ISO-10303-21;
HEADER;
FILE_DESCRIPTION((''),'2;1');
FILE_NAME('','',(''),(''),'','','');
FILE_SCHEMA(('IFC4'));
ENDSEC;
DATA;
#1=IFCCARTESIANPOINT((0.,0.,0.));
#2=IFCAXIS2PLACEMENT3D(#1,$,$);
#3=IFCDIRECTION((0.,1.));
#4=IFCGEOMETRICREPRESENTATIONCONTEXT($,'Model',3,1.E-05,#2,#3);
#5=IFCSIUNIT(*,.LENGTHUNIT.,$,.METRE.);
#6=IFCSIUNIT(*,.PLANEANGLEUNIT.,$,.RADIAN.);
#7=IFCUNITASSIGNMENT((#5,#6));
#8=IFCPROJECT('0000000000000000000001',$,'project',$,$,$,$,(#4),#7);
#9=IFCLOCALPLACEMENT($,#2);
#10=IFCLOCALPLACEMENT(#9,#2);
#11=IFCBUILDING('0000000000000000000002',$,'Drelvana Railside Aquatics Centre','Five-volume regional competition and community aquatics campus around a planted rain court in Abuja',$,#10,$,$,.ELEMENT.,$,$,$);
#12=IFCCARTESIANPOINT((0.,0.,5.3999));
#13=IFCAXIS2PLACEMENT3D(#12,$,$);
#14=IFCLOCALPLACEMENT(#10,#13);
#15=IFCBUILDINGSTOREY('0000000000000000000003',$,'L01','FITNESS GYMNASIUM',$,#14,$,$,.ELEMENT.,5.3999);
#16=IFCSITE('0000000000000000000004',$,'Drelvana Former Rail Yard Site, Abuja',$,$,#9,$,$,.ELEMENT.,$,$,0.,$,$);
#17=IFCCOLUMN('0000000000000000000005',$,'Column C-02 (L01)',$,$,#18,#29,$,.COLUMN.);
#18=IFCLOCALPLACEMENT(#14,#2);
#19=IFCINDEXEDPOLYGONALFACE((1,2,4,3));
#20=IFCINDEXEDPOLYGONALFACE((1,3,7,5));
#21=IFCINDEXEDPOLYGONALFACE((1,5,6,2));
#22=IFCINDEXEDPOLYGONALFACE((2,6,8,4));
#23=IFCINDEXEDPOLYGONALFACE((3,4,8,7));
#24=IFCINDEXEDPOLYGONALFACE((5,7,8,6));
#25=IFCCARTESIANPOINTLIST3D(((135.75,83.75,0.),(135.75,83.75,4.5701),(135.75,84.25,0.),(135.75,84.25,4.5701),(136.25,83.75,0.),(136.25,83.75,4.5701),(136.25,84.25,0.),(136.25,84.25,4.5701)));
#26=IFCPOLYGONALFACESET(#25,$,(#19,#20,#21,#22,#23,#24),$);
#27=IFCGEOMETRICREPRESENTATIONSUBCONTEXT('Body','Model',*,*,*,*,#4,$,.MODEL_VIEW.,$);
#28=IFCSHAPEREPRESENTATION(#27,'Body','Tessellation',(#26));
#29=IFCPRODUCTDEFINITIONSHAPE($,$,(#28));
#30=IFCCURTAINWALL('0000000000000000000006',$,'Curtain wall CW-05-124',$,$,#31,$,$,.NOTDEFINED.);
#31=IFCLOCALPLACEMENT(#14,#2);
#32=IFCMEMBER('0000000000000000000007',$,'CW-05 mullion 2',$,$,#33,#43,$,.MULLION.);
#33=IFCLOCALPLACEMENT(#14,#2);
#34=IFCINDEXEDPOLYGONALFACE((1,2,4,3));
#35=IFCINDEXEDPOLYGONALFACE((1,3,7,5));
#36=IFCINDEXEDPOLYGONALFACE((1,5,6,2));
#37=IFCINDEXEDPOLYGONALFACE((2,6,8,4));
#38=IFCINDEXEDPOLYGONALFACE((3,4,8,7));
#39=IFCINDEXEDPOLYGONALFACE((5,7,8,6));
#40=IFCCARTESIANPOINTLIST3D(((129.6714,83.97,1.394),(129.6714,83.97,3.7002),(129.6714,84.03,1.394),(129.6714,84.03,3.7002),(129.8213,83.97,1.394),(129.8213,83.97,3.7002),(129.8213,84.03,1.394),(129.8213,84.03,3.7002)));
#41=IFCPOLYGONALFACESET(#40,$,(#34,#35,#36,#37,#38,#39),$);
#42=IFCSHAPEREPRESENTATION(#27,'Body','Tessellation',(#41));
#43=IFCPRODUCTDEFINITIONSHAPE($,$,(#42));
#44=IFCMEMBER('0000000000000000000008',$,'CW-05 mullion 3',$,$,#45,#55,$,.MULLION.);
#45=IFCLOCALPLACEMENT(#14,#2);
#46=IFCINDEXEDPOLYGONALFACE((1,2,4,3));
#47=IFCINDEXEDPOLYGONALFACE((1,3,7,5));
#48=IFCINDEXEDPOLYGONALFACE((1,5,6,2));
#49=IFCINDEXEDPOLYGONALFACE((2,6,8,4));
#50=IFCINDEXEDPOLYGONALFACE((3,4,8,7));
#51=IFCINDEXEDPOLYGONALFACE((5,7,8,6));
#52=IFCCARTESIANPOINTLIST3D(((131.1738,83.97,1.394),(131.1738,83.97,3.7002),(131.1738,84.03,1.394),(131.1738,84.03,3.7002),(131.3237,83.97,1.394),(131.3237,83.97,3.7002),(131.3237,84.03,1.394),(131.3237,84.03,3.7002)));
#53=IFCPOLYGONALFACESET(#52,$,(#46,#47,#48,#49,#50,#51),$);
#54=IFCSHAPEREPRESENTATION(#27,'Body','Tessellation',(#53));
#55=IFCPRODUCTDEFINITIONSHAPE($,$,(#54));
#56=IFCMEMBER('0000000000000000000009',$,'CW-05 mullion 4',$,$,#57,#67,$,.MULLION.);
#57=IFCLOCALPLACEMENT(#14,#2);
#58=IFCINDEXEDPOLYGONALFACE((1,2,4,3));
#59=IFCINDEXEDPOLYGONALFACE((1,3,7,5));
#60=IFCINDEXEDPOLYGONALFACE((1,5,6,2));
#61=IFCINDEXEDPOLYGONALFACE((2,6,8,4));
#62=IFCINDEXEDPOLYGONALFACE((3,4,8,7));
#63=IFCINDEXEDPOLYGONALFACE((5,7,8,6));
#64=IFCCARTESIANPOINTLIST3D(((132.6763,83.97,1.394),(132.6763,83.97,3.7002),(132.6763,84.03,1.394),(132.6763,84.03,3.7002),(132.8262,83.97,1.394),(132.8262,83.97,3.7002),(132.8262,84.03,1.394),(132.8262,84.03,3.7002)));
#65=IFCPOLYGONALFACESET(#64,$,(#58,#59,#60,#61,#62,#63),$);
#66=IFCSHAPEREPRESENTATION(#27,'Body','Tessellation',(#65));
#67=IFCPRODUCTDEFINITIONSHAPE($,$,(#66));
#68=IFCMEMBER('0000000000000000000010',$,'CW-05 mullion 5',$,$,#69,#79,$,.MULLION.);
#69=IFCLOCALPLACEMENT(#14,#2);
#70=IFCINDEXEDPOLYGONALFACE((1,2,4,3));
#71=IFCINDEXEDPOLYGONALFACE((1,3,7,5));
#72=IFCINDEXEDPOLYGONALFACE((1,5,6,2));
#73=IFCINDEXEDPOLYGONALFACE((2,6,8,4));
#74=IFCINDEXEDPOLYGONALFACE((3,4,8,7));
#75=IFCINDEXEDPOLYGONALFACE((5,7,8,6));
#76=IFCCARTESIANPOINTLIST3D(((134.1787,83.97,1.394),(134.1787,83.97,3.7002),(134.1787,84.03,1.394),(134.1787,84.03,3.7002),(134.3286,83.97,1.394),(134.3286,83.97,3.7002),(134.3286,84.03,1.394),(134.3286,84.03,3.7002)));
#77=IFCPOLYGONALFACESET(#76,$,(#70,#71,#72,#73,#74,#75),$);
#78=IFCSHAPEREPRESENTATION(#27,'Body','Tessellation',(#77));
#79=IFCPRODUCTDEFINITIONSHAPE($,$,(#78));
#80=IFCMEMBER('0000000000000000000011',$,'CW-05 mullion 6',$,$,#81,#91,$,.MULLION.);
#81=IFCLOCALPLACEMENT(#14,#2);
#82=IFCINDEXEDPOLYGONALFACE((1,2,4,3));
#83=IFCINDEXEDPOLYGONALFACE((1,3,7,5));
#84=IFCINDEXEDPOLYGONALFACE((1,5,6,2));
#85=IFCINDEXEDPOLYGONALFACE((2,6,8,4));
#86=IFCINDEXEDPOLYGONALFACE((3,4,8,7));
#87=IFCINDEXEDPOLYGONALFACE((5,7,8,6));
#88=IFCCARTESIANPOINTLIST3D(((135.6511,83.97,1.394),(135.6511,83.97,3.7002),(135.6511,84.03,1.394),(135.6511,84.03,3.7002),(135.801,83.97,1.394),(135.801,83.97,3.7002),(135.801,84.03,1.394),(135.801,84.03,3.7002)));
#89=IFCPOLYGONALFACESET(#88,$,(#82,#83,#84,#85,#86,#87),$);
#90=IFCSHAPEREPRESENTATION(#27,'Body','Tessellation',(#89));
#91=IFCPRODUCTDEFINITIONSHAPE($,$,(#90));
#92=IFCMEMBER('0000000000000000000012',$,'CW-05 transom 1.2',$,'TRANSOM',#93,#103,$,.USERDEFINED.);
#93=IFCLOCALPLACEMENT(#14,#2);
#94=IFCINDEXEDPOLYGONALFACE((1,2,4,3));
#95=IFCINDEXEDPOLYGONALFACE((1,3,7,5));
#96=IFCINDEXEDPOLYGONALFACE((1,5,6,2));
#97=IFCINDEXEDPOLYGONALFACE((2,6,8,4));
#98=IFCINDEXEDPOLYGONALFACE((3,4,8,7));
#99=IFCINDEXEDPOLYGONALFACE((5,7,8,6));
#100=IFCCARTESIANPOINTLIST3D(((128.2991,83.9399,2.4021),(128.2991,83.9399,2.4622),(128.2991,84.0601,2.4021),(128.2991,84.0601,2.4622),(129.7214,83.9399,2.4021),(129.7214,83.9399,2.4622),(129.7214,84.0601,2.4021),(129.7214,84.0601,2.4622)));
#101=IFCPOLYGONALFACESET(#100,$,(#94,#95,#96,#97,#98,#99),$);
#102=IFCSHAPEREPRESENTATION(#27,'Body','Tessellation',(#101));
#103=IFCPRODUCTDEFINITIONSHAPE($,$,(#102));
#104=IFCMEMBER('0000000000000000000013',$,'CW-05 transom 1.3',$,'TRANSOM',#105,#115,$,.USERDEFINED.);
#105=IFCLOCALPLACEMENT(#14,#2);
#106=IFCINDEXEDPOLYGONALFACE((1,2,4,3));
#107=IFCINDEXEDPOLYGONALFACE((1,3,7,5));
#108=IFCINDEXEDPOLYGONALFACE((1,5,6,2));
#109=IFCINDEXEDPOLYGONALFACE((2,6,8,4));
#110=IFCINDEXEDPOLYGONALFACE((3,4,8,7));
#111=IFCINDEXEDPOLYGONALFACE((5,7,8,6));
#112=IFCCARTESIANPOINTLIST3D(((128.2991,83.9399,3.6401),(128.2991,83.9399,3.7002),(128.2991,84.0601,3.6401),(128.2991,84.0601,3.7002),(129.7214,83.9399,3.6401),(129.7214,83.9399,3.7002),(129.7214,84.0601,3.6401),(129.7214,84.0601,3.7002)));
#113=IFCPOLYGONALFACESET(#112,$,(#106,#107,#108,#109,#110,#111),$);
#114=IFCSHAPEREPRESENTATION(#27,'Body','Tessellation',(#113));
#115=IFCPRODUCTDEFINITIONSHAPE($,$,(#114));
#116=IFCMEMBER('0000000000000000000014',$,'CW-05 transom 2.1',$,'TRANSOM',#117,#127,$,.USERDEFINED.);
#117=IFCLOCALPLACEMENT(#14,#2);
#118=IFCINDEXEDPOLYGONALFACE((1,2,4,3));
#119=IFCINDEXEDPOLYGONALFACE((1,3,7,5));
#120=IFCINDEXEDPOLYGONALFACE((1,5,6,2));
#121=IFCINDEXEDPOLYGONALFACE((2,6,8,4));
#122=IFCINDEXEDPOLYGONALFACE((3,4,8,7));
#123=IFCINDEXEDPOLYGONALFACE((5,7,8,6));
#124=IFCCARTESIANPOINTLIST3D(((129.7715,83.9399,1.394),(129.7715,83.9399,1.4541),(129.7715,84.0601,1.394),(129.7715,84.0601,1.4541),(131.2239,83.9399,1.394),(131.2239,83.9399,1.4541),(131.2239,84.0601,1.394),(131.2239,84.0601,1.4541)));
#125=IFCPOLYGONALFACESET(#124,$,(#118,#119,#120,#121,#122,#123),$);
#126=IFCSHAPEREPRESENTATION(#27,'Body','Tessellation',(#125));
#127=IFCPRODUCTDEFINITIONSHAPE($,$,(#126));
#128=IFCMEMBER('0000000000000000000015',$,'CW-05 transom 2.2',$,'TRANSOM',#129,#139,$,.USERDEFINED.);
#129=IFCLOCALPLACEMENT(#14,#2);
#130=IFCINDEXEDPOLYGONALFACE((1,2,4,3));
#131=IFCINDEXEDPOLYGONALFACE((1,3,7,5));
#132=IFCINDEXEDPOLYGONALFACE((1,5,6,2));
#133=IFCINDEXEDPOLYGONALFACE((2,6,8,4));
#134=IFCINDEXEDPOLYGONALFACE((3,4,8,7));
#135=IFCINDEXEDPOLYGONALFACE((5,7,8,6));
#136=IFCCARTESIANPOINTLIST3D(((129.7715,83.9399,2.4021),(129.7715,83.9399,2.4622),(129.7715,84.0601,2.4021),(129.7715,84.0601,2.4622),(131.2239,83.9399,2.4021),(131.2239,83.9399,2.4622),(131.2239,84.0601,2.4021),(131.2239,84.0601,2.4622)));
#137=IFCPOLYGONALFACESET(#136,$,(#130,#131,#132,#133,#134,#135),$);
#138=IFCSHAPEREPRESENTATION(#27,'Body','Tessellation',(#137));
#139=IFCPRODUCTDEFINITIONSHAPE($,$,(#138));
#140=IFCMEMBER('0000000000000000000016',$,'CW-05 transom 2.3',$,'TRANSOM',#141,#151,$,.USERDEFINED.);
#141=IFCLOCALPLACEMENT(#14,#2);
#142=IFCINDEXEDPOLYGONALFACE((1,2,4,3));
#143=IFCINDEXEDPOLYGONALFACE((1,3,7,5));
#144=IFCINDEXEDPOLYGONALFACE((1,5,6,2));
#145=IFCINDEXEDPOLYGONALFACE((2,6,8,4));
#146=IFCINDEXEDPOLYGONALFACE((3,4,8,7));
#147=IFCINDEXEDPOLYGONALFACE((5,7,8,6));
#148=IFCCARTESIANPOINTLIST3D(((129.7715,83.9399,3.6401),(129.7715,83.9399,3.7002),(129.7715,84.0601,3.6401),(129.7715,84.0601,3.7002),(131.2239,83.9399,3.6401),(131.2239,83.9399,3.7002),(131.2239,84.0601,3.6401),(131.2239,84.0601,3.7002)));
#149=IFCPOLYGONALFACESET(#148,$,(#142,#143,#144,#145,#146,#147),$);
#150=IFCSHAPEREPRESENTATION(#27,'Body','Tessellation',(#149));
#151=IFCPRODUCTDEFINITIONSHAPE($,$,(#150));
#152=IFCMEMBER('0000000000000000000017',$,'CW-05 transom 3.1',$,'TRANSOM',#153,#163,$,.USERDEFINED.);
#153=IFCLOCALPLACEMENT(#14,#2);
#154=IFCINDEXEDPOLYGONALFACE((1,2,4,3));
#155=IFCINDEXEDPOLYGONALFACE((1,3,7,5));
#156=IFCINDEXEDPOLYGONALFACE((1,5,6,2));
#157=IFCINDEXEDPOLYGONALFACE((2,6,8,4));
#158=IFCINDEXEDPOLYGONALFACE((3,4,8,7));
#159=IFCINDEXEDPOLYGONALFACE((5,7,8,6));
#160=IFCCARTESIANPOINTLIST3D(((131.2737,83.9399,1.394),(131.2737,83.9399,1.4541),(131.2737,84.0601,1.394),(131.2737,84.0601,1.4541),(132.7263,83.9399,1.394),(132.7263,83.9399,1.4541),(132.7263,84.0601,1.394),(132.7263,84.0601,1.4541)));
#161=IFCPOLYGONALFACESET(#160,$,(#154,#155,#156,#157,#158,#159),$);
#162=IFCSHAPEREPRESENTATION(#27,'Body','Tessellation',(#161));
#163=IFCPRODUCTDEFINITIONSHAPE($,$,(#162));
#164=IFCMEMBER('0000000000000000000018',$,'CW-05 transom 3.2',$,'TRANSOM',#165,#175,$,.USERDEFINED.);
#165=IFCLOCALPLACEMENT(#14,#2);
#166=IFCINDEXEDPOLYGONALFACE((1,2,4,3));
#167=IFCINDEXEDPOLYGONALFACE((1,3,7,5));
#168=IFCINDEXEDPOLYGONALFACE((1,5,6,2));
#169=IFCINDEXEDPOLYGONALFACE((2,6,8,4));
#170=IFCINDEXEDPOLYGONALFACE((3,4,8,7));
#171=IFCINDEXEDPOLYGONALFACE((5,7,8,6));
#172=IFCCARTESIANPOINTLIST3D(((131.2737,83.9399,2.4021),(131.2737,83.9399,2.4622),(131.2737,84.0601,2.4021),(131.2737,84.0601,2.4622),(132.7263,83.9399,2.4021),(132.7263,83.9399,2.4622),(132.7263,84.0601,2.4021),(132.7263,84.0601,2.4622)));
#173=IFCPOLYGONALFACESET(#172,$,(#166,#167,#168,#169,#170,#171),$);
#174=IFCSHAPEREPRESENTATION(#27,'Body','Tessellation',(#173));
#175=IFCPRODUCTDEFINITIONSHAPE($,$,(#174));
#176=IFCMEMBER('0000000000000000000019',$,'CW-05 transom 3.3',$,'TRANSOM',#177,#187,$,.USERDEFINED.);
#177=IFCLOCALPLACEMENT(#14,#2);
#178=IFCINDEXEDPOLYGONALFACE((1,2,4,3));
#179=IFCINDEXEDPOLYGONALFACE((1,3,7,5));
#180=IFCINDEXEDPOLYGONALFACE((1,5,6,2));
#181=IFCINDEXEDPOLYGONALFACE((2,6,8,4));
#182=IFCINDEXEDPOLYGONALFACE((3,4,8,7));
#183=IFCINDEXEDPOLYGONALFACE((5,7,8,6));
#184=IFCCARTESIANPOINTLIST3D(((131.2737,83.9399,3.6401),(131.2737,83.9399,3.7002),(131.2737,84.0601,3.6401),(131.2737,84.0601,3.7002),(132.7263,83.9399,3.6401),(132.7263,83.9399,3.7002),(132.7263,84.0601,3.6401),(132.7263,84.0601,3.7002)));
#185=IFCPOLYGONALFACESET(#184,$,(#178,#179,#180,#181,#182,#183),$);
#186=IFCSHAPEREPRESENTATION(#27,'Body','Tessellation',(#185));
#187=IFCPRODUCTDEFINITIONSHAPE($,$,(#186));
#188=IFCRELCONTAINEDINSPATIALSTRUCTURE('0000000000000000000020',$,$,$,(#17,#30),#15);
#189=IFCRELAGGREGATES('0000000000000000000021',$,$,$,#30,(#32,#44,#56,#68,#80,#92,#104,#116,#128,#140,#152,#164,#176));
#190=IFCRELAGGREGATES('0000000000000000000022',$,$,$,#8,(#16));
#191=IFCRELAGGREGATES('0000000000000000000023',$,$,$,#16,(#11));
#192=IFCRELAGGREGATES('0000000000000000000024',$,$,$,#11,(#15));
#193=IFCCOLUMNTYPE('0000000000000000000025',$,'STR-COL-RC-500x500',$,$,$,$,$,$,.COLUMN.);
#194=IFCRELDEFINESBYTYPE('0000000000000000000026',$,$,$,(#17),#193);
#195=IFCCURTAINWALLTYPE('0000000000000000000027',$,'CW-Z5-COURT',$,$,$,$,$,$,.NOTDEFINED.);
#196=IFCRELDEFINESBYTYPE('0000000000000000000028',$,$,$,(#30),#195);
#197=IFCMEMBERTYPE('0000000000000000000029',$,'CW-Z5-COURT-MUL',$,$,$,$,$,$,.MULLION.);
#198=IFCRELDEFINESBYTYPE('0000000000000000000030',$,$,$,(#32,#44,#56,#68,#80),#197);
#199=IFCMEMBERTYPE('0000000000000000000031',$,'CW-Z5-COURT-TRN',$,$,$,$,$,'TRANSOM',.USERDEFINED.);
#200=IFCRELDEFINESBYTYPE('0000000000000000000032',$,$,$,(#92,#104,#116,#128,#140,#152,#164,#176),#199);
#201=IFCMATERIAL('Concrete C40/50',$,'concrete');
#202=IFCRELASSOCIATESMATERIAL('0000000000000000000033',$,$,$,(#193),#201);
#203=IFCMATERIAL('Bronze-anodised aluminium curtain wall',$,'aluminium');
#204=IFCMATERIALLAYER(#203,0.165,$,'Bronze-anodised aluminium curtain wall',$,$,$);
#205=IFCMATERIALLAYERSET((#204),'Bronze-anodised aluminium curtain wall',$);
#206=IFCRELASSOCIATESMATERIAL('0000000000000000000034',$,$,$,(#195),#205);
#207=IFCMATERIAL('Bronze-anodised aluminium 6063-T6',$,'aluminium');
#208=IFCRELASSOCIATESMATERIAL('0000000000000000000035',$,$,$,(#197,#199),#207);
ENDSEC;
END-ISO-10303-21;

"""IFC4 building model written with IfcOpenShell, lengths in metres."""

from ifc_helpers import new_model, si_unit, direction, frame, origin, origin_2d, place, context, subcontext, project, spatial, rectangle, extrude, material, layer, layer_set, material_profile, profile_set, type_object, element, aggregate, save


model = new_model("IFC4")

# Units and contexts
model_context = context("Model", 3, precision=1e-05, world=origin(), true_north=direction((0.0, 1.0)))
body_context = subcontext(model_context, "Body", "Model", "MODEL_VIEW")
ifc_project = project(units=[si_unit("LENGTHUNIT", "METRE"), si_unit("PLANEANGLEUNIT", "RADIAN")], contexts=[model_context])

# Site, building, storey
site_placement = place(None, origin())
site = spatial("IfcSite", under=ifc_project, at=site_placement, Name="Drelvana Former Rail Yard Site, Abuja", CompositionType="ELEMENT", RefElevation=0.0)
building_placement = place(site_placement, origin())
building = spatial("IfcBuilding", under=site, at=building_placement, Name="Drelvana Railside Aquatics Centre", Description="Five-volume regional competition and community aquatics campus around a planted rain court in Abuja", CompositionType="ELEMENT")
storey_placement = place(building_placement, frame((0.0, 0.0, 5.3999)))
storey = spatial("IfcBuildingStorey", under=building, at=storey_placement, Name="L01", Description="FITNESS GYMNASIUM", CompositionType="ELEMENT", Elevation=5.3999)

# Column
ifc_material_1 = material(Name="Concrete C40/50", Category="concrete")
ifc_material_profile_1 = material_profile(ifc_material_1, rectangle(XDim=0.5, YDim=0.5, at=origin_2d()), Name="RC 500x500")
ifc_profile_set_1 = profile_set([ifc_material_profile_1], Name="Concrete C40/50")
column_type = type_object("IfcColumnType", Name="STR-COL-RC-500x500", PredefinedType="COLUMN", material=ifc_profile_set_1)
column_placement = place(storey_placement, frame((136.0, 84.0, 0.0), z_axis=(0.0, 0.0, 1.0), x_axis=(1.0, 0.0, 0.0)))
element("IfcColumn", 1, at=column_placement, inside=storey, type_object=column_type, Name="Column C-02 (L01)", PredefinedType="COLUMN", context=body_context, shape_type="SweptSolid", body=[
    extrude(rectangle(XDim=0.5, YDim=0.5, at=origin_2d()), origin(), (0.0, 0.0, 1.0), 4.5701),
])

# Curtain wall, members
ifc_material_2 = material(Name="Bronze-anodised aluminium curtain wall", Category="aluminium")
ifc_layer_1 = layer(ifc_material_2, 0.165, Name="Bronze-anodised aluminium curtain wall")
ifc_layer_set_1 = layer_set([ifc_layer_1], Name="Bronze-anodised aluminium curtain wall")
curtain_wall_type = type_object("IfcCurtainWallType", Name="CW-Z5-COURT", PredefinedType="NOTDEFINED", material=ifc_layer_set_1)
curtain_wall_placement = place(storey_placement, origin())
curtain_wall = element("IfcCurtainWall", 2, at=curtain_wall_placement, inside=storey, type_object=curtain_wall_type, Name="Curtain wall CW-05-124", PredefinedType="NOTDEFINED")
ifc_material_3 = material(Name="Bronze-anodised aluminium 6063-T6", Category="aluminium")
ifc_material_profile_2 = material_profile(ifc_material_3, rectangle(XDim=0.0601, YDim=0.1499, at=origin_2d()), Name="ALU-M 60x150")
ifc_profile_set_2 = profile_set([ifc_material_profile_2], Name="Bronze-anodised aluminium 6063-T6")
member_type_1 = type_object("IfcMemberType", Name="CW-Z5-COURT-MUL", PredefinedType="MULLION", material=ifc_profile_set_2)
member_1_placement = place(storey_placement, frame((129.7463, 84.0, 1.394), z_axis=(0.0, 0.0, 1.0), x_axis=(0.0, 1.0, 0.0)))
member_1 = element("IfcMember", 3, at=member_1_placement, type_object=member_type_1, Name="CW-05 mullion 2", PredefinedType="MULLION", context=body_context, shape_type="SweptSolid", body=[
    extrude(rectangle(XDim=0.0601, YDim=0.1499, at=origin_2d()), origin(), (0.0, 0.0, 1.0), 2.3062),
])
member_2_placement = place(storey_placement, frame((131.2488, 84.0, 1.394), z_axis=(0.0, 0.0, 1.0), x_axis=(0.0, 1.0, 0.0)))
member_2 = element("IfcMember", 4, at=member_2_placement, type_object=member_type_1, Name="CW-05 mullion 3", PredefinedType="MULLION", context=body_context, shape_type="SweptSolid", body=[
    extrude(rectangle(XDim=0.0601, YDim=0.1499, at=origin_2d()), origin(), (0.0, 0.0, 1.0), 2.3062),
])
member_3_placement = place(storey_placement, frame((132.7512, 84.0, 1.394), z_axis=(0.0, 0.0, 1.0), x_axis=(0.0, 1.0, 0.0)))
member_3 = element("IfcMember", 5, at=member_3_placement, type_object=member_type_1, Name="CW-05 mullion 4", PredefinedType="MULLION", context=body_context, shape_type="SweptSolid", body=[
    extrude(rectangle(XDim=0.0601, YDim=0.1499, at=origin_2d()), origin(), (0.0, 0.0, 1.0), 2.3062),
])
member_4_placement = place(storey_placement, frame((134.2537, 84.0, 1.394), z_axis=(0.0, 0.0, 1.0), x_axis=(0.0, 1.0, 0.0)))
member_4 = element("IfcMember", 6, at=member_4_placement, type_object=member_type_1, Name="CW-05 mullion 5", PredefinedType="MULLION", context=body_context, shape_type="SweptSolid", body=[
    extrude(rectangle(XDim=0.0601, YDim=0.1499, at=origin_2d()), origin(), (0.0, 0.0, 1.0), 2.3062),
])
member_5_placement = place(storey_placement, frame((135.7261, 84.0, 1.394), z_axis=(0.0, 0.0, 1.0), x_axis=(0.0, 1.0, 0.0)))
member_5 = element("IfcMember", 7, at=member_5_placement, type_object=member_type_1, Name="CW-05 mullion 6", PredefinedType="MULLION", context=body_context, shape_type="SweptSolid", body=[
    extrude(rectangle(XDim=0.0601, YDim=0.1499, at=origin_2d()), origin(), (0.0, 0.0, 1.0), 2.3062),
])
ifc_material_profile_3 = material_profile(ifc_material_3, rectangle(XDim=0.1201, YDim=0.0601, at=origin_2d()), Name="ALU-T 60x120")
ifc_profile_set_3 = profile_set([ifc_material_profile_3], Name="Bronze-anodised aluminium 6063-T6")
member_type_2 = type_object("IfcMemberType", Name="CW-Z5-COURT-TRN", ElementType="TRANSOM", PredefinedType="USERDEFINED", material=ifc_profile_set_3)
member_6_placement = place(storey_placement, frame((128.2991, 84.0, 2.4321), z_axis=(1.0, 0.0, 0.0), x_axis=(0.0, 1.0, 0.0)))
member_6 = element("IfcMember", 8, at=member_6_placement, type_object=member_type_2, Name="CW-05 transom 1.2", ObjectType="TRANSOM", PredefinedType="USERDEFINED", context=body_context, shape_type="SweptSolid", body=[
    extrude(rectangle(XDim=0.1201, YDim=0.0601, at=origin_2d()), origin(), (0.0, 0.0, 1.0), 1.4224),
])
member_7_placement = place(storey_placement, frame((128.2991, 84.0, 3.6702), z_axis=(1.0, 0.0, 0.0), x_axis=(0.0, 1.0, 0.0)))
member_7 = element("IfcMember", 9, at=member_7_placement, type_object=member_type_2, Name="CW-05 transom 1.3", ObjectType="TRANSOM", PredefinedType="USERDEFINED", context=body_context, shape_type="SweptSolid", body=[
    extrude(rectangle(XDim=0.1201, YDim=0.0601, at=origin_2d()), origin(), (0.0, 0.0, 1.0), 1.4224),
])
member_8_placement = place(storey_placement, frame((129.7715, 84.0, 1.4241), z_axis=(1.0, 0.0, 0.0), x_axis=(0.0, 1.0, 0.0)))
member_8 = element("IfcMember", 10, at=member_8_placement, type_object=member_type_2, Name="CW-05 transom 2.1", ObjectType="TRANSOM", PredefinedType="USERDEFINED", context=body_context, shape_type="SweptSolid", body=[
    extrude(rectangle(XDim=0.1201, YDim=0.0601, at=origin_2d()), origin(), (0.0, 0.0, 1.0), 1.4524),
])
member_9_placement = place(storey_placement, frame((129.7715, 84.0, 2.4321), z_axis=(1.0, 0.0, 0.0), x_axis=(0.0, 1.0, 0.0)))
member_9 = element("IfcMember", 11, at=member_9_placement, type_object=member_type_2, Name="CW-05 transom 2.2", ObjectType="TRANSOM", PredefinedType="USERDEFINED", context=body_context, shape_type="SweptSolid", body=[
    extrude(rectangle(XDim=0.1201, YDim=0.0601, at=origin_2d()), origin(), (0.0, 0.0, 1.0), 1.4524),
])
member_10_placement = place(storey_placement, frame((129.7715, 84.0, 3.6702), z_axis=(1.0, 0.0, 0.0), x_axis=(0.0, 1.0, 0.0)))
member_10 = element("IfcMember", 12, at=member_10_placement, type_object=member_type_2, Name="CW-05 transom 2.3", ObjectType="TRANSOM", PredefinedType="USERDEFINED", context=body_context, shape_type="SweptSolid", body=[
    extrude(rectangle(XDim=0.1201, YDim=0.0601, at=origin_2d()), origin(), (0.0, 0.0, 1.0), 1.4524),
])
member_11_placement = place(storey_placement, frame((131.2737, 84.0, 1.4241), z_axis=(1.0, 0.0, 0.0), x_axis=(0.0, 1.0, 0.0)))
member_11 = element("IfcMember", 13, at=member_11_placement, type_object=member_type_2, Name="CW-05 transom 3.1", ObjectType="TRANSOM", PredefinedType="USERDEFINED", context=body_context, shape_type="SweptSolid", body=[
    extrude(rectangle(XDim=0.1201, YDim=0.0601, at=origin_2d()), origin(), (0.0, 0.0, 1.0), 1.4526),
])
member_12_placement = place(storey_placement, frame((131.2737, 84.0, 2.4321), z_axis=(1.0, 0.0, 0.0), x_axis=(0.0, 1.0, 0.0)))
member_12 = element("IfcMember", 14, at=member_12_placement, type_object=member_type_2, Name="CW-05 transom 3.2", ObjectType="TRANSOM", PredefinedType="USERDEFINED", context=body_context, shape_type="SweptSolid", body=[
    extrude(rectangle(XDim=0.1201, YDim=0.0601, at=origin_2d()), origin(), (0.0, 0.0, 1.0), 1.4526),
])
member_13_placement = place(storey_placement, frame((131.2737, 84.0, 3.6702), z_axis=(1.0, 0.0, 0.0), x_axis=(0.0, 1.0, 0.0)))
member_13 = element("IfcMember", 15, at=member_13_placement, type_object=member_type_2, Name="CW-05 transom 3.3", ObjectType="TRANSOM", PredefinedType="USERDEFINED", context=body_context, shape_type="SweptSolid", body=[
    extrude(rectangle(XDim=0.1201, YDim=0.0601, at=origin_2d()), origin(), (0.0, 0.0, 1.0), 1.4526),
])

aggregate(curtain_wall, [member_1, member_2, member_3, member_4, member_5, member_6, member_7, member_8, member_9, member_10, member_11, member_12, member_13])

save(model, "model.ifc")
